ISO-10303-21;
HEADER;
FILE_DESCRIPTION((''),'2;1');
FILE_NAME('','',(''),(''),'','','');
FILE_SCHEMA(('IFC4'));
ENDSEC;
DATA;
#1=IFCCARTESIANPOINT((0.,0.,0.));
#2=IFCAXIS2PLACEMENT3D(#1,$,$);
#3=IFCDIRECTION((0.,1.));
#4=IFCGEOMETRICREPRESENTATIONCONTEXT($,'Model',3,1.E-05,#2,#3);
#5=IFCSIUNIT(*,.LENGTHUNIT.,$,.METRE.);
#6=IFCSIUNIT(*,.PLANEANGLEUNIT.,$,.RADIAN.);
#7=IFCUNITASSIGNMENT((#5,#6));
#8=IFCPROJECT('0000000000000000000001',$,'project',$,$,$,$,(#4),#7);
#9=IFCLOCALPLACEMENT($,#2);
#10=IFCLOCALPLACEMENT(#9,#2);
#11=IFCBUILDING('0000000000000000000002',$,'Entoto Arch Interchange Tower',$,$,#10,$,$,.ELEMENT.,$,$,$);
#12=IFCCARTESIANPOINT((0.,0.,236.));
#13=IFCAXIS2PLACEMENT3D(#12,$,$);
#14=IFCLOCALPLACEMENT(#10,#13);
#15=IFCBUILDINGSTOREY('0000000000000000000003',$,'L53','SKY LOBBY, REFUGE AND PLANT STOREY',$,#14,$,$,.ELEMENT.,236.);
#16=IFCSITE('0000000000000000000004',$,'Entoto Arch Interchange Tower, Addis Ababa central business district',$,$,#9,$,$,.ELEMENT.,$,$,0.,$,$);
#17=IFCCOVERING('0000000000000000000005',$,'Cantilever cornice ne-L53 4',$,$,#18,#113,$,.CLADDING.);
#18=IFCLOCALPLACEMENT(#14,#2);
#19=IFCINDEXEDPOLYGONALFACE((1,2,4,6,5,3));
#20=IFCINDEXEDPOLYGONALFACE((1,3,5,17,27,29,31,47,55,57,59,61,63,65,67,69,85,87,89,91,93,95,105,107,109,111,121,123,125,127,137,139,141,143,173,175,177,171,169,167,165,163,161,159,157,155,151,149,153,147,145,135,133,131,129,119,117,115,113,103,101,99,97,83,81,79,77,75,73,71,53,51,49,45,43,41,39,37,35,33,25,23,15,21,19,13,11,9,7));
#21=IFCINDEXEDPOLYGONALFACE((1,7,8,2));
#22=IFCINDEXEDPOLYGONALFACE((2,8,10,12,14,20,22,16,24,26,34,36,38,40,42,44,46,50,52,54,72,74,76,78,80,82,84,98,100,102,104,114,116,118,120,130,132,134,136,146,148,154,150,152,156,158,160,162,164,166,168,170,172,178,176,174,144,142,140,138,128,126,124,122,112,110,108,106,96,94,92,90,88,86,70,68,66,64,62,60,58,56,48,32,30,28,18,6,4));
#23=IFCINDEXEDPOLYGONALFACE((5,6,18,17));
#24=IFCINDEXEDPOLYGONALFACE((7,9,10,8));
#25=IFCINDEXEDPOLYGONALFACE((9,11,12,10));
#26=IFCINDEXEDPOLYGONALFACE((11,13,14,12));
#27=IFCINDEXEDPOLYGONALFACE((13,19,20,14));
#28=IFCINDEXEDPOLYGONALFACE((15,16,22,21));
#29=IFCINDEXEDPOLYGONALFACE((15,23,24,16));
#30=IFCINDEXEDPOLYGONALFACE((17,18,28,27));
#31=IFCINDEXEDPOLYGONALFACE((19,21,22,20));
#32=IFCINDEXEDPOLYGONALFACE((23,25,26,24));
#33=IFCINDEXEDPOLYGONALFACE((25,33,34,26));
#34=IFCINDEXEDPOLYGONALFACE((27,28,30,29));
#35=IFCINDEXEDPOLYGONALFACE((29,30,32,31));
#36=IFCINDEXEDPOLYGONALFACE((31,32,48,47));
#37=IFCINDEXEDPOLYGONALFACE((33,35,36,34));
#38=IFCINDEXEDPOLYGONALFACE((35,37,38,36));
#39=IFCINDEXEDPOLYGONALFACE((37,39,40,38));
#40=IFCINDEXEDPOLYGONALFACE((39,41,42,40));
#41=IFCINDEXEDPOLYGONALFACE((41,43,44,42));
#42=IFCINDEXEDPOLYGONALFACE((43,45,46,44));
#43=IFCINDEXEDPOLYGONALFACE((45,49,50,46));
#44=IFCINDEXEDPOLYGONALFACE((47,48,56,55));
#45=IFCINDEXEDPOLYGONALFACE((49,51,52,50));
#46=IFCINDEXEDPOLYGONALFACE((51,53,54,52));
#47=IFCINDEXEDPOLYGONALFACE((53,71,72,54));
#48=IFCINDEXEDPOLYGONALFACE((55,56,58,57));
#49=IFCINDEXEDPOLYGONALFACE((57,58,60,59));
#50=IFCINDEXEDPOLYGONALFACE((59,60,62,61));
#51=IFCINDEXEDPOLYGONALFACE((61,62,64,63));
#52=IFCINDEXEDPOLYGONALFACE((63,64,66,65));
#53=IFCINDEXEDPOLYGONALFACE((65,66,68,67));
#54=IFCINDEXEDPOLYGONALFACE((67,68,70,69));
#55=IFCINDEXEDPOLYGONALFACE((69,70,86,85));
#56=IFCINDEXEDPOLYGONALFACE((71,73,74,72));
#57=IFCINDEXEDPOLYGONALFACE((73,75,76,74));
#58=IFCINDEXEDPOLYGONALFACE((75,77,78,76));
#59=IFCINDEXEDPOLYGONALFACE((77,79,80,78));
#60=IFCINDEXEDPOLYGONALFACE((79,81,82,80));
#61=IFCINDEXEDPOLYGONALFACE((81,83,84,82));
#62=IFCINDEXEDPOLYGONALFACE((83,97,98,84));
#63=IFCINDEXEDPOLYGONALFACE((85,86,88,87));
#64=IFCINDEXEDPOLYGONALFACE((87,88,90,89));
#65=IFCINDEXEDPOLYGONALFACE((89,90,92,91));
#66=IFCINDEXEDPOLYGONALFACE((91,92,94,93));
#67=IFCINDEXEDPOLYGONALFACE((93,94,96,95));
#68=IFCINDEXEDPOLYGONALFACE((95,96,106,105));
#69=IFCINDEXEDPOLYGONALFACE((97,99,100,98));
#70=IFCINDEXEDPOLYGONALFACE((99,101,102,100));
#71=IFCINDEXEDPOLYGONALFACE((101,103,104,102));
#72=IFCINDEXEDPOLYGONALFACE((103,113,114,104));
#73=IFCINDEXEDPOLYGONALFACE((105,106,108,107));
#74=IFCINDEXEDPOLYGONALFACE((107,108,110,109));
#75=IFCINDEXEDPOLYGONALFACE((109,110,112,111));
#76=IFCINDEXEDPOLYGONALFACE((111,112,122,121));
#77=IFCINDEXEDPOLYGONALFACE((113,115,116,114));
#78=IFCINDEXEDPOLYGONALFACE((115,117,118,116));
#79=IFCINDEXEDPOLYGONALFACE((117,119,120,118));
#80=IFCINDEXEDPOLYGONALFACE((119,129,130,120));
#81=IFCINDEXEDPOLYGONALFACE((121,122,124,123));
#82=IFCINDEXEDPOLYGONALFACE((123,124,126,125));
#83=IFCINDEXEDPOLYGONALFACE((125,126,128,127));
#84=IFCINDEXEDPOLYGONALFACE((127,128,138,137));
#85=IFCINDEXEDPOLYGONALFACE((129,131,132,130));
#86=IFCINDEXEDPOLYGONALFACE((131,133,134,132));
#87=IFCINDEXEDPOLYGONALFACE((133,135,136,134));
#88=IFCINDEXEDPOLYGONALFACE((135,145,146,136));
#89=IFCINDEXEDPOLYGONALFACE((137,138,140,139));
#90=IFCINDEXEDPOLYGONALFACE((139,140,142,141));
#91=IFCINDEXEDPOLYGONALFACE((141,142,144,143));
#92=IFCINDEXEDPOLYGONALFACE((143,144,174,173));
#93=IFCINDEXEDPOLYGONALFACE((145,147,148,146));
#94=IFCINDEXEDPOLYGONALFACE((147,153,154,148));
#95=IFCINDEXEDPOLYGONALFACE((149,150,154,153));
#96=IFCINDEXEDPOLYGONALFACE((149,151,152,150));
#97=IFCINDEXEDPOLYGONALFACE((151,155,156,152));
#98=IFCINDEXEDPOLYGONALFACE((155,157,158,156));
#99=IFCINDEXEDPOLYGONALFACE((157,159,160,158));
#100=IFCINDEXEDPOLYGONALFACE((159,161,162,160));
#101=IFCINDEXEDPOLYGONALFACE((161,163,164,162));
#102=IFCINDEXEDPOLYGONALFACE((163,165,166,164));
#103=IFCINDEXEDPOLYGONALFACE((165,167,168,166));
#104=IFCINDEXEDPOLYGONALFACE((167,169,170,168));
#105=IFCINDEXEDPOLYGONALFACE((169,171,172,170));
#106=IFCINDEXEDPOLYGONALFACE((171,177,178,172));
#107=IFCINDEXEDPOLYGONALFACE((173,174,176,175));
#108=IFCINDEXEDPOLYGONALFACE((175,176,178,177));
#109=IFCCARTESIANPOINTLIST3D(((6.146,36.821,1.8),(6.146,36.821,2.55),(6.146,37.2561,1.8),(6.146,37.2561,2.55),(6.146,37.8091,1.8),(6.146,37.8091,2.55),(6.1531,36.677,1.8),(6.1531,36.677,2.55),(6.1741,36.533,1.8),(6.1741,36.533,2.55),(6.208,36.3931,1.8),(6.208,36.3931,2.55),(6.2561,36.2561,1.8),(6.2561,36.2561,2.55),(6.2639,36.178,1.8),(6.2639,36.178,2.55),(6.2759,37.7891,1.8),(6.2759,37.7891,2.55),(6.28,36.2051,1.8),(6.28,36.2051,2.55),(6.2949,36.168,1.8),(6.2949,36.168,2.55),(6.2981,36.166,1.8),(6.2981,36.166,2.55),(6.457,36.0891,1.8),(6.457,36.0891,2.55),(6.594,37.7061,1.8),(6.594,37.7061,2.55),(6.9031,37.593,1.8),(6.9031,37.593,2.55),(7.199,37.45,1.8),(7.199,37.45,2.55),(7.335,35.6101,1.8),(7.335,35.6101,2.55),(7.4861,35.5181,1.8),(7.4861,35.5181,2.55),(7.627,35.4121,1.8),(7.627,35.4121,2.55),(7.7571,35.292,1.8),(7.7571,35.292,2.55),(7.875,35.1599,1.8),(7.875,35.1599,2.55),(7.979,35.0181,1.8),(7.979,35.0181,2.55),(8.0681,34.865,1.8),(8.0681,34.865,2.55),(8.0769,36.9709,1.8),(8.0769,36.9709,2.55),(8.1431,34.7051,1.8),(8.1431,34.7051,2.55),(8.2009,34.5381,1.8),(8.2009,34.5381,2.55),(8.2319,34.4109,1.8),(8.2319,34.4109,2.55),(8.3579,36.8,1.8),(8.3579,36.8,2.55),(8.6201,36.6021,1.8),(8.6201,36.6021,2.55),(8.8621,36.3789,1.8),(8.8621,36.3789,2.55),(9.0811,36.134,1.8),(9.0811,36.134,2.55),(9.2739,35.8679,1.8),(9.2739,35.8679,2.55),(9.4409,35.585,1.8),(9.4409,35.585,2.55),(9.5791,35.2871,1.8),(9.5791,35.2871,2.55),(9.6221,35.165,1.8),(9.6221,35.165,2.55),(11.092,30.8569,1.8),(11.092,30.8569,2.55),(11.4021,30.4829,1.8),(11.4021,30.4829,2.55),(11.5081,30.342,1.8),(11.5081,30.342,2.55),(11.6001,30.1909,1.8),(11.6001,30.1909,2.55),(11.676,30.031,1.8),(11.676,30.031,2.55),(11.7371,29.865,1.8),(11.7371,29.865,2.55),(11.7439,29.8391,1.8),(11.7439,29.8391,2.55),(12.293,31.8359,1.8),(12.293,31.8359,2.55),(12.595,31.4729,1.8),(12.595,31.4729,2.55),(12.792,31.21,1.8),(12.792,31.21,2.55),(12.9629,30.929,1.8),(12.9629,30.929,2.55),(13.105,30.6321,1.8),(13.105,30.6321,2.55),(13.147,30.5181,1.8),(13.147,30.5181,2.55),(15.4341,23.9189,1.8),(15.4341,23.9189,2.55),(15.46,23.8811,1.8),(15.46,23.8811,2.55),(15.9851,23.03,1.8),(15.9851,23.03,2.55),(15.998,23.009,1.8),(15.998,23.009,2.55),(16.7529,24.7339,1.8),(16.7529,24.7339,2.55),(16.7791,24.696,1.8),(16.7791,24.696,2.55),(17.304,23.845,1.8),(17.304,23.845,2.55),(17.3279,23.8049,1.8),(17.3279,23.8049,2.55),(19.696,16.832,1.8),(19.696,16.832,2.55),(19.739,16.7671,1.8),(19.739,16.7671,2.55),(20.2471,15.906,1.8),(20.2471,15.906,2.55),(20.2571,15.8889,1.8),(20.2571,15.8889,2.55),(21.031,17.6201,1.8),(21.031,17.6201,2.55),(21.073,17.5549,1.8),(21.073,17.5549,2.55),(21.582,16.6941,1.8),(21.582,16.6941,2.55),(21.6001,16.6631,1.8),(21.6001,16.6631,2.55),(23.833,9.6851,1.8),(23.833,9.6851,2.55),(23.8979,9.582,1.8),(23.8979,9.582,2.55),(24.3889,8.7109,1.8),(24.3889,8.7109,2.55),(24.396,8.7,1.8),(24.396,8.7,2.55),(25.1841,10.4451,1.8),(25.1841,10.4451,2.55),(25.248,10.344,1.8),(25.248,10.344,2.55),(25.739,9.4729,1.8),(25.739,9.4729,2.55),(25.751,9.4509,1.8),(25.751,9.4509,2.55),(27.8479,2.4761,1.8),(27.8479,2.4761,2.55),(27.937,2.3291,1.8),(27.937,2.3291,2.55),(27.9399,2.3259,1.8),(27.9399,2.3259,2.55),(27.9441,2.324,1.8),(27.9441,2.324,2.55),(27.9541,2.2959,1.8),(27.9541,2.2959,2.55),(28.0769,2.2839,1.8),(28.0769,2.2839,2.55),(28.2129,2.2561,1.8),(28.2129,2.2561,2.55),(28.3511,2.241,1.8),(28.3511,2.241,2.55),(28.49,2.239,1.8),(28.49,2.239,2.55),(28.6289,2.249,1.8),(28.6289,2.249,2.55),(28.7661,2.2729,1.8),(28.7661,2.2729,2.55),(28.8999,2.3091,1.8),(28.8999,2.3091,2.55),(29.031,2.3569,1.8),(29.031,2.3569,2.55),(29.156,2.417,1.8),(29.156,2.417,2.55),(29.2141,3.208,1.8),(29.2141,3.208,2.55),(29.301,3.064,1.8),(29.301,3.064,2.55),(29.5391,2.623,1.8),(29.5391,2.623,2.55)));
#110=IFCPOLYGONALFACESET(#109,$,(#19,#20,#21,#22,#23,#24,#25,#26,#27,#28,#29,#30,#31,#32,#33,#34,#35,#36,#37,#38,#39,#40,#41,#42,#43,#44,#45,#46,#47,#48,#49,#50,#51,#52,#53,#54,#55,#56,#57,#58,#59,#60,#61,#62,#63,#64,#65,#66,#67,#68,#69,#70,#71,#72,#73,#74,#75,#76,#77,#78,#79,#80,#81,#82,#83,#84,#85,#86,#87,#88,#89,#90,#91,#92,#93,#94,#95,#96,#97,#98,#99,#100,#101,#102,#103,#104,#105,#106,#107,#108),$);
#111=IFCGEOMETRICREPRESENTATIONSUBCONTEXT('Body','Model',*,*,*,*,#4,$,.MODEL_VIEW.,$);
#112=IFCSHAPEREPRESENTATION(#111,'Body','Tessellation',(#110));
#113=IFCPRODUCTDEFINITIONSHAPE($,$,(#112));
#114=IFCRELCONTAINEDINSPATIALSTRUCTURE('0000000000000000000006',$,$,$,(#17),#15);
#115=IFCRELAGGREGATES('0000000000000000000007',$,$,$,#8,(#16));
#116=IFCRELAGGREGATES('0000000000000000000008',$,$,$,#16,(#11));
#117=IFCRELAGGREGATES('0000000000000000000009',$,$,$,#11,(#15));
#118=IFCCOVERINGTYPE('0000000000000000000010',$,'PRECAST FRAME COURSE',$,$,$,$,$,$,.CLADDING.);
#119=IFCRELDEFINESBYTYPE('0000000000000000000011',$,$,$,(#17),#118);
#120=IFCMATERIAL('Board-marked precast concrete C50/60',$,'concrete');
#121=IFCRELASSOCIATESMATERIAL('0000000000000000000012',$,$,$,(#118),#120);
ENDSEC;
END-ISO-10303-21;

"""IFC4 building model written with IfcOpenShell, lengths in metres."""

from ifc_helpers import new_model, si_unit, direction, frame, origin, place, context, subcontext, project, spatial, polyline, outline, extrude, material, type_object, element, save


model = new_model("IFC4")

# Units and contexts
model_context = context("Model", 3, precision=1e-05, world=origin(), true_north=direction((0.0, 1.0)))
body_context = subcontext(model_context, "Body", "Model", "MODEL_VIEW")
ifc_project = project(units=[si_unit("LENGTHUNIT", "METRE"), si_unit("PLANEANGLEUNIT", "RADIAN")], contexts=[model_context])

# Site, building, storey
site_placement = place(None, origin())
site = spatial("IfcSite", under=ifc_project, at=site_placement, Name="Entoto Arch Interchange Tower, Addis Ababa central business district", CompositionType="ELEMENT", RefElevation=0.0)
building_placement = place(site_placement, origin())
building = spatial("IfcBuilding", under=site, at=building_placement, Name="Entoto Arch Interchange Tower", CompositionType="ELEMENT")
storey_placement = place(building_placement, frame((0.0, 0.0, 236.0)))
storey = spatial("IfcBuildingStorey", under=building, at=storey_placement, Name="L53", Description="SKY LOBBY, REFUGE AND PLANT STOREY", CompositionType="ELEMENT", Elevation=236.0)

# Covering
ifc_material_1 = material(Name="Board-marked precast concrete C50/60", Category="concrete")
covering_type = type_object("IfcCoveringType", Name="PRECAST FRAME COURSE", PredefinedType="CLADDING", material=ifc_material_1)
covering_1_placement = place(storey_placement, frame((0.0, 0.0, 1.8)))
element("IfcCovering", 1, at=covering_1_placement, inside=storey, type_object=covering_type, Name="Cantilever cornice ne-L53 4", PredefinedType="CLADDING", context=body_context, shape_type="SweptSolid", body=[
    extrude(outline(polyline([(6.2561, 36.2561), (6.208, 36.3931), (6.1741, 36.533), (6.1531, 36.677), (6.146, 36.821), (6.146, 37.2561), (6.146, 37.8091), (6.2759, 37.7891), (6.594, 37.7061), (6.9031, 37.593), (7.199, 37.45), (8.0769, 36.9709), (8.3579, 36.8), (8.6201, 36.6021), (8.8621, 36.3789), (9.0811, 36.134), (9.2739, 35.8679), (9.4409, 35.585), (9.5791, 35.2871), (9.6221, 35.165), (12.293, 31.8359), (12.595, 31.4729), (12.792, 31.21), (12.9629, 30.929), (13.105, 30.6321), (13.147, 30.5181), (16.7529, 24.7339), (16.7791, 24.696), (17.304, 23.845), (17.3279, 23.8049), (21.031, 17.6201), (21.073, 17.5549), (21.582, 16.6941), (21.6001, 16.6631), (25.1841, 10.4451), (25.248, 10.344), (25.739, 9.4729), (25.751, 9.4509), (29.2141, 3.208), (29.301, 3.064), (29.5391, 2.623), (29.156, 2.417), (29.031, 2.3569), (28.8999, 2.3091), (28.7661, 2.2729), (28.6289, 2.249), (28.49, 2.239), (28.3511, 2.241), (28.2129, 2.2561), (28.0769, 2.2839), (27.9441, 2.324), (27.9399, 2.3259), (27.9541, 2.2959), (27.937, 2.3291), (27.8479, 2.4761), (24.396, 8.7), (24.3889, 8.7109), (23.8979, 9.582), (23.833, 9.6851), (20.2571, 15.8889), (20.2471, 15.906), (19.739, 16.7671), (19.696, 16.832), (15.998, 23.009), (15.9851, 23.03), (15.46, 23.8811), (15.4341, 23.9189), (11.7439, 29.8391), (11.7371, 29.865), (11.676, 30.031), (11.6001, 30.1909), (11.5081, 30.342), (11.4021, 30.4829), (11.092, 30.8569), (8.2319, 34.4109), (8.2009, 34.5381), (8.1431, 34.7051), (8.0681, 34.865), (7.979, 35.0181), (7.875, 35.1599), (7.7571, 35.292), (7.627, 35.4121), (7.4861, 35.5181), (7.335, 35.6101), (6.457, 36.0891), (6.2981, 36.166), (6.2639, 36.178), (6.2949, 36.168), (6.28, 36.2051), (6.2561, 36.2561)])), origin(), (0.0, 0.0, 1.0), 0.75),
])

save(model, "model.ifc")
